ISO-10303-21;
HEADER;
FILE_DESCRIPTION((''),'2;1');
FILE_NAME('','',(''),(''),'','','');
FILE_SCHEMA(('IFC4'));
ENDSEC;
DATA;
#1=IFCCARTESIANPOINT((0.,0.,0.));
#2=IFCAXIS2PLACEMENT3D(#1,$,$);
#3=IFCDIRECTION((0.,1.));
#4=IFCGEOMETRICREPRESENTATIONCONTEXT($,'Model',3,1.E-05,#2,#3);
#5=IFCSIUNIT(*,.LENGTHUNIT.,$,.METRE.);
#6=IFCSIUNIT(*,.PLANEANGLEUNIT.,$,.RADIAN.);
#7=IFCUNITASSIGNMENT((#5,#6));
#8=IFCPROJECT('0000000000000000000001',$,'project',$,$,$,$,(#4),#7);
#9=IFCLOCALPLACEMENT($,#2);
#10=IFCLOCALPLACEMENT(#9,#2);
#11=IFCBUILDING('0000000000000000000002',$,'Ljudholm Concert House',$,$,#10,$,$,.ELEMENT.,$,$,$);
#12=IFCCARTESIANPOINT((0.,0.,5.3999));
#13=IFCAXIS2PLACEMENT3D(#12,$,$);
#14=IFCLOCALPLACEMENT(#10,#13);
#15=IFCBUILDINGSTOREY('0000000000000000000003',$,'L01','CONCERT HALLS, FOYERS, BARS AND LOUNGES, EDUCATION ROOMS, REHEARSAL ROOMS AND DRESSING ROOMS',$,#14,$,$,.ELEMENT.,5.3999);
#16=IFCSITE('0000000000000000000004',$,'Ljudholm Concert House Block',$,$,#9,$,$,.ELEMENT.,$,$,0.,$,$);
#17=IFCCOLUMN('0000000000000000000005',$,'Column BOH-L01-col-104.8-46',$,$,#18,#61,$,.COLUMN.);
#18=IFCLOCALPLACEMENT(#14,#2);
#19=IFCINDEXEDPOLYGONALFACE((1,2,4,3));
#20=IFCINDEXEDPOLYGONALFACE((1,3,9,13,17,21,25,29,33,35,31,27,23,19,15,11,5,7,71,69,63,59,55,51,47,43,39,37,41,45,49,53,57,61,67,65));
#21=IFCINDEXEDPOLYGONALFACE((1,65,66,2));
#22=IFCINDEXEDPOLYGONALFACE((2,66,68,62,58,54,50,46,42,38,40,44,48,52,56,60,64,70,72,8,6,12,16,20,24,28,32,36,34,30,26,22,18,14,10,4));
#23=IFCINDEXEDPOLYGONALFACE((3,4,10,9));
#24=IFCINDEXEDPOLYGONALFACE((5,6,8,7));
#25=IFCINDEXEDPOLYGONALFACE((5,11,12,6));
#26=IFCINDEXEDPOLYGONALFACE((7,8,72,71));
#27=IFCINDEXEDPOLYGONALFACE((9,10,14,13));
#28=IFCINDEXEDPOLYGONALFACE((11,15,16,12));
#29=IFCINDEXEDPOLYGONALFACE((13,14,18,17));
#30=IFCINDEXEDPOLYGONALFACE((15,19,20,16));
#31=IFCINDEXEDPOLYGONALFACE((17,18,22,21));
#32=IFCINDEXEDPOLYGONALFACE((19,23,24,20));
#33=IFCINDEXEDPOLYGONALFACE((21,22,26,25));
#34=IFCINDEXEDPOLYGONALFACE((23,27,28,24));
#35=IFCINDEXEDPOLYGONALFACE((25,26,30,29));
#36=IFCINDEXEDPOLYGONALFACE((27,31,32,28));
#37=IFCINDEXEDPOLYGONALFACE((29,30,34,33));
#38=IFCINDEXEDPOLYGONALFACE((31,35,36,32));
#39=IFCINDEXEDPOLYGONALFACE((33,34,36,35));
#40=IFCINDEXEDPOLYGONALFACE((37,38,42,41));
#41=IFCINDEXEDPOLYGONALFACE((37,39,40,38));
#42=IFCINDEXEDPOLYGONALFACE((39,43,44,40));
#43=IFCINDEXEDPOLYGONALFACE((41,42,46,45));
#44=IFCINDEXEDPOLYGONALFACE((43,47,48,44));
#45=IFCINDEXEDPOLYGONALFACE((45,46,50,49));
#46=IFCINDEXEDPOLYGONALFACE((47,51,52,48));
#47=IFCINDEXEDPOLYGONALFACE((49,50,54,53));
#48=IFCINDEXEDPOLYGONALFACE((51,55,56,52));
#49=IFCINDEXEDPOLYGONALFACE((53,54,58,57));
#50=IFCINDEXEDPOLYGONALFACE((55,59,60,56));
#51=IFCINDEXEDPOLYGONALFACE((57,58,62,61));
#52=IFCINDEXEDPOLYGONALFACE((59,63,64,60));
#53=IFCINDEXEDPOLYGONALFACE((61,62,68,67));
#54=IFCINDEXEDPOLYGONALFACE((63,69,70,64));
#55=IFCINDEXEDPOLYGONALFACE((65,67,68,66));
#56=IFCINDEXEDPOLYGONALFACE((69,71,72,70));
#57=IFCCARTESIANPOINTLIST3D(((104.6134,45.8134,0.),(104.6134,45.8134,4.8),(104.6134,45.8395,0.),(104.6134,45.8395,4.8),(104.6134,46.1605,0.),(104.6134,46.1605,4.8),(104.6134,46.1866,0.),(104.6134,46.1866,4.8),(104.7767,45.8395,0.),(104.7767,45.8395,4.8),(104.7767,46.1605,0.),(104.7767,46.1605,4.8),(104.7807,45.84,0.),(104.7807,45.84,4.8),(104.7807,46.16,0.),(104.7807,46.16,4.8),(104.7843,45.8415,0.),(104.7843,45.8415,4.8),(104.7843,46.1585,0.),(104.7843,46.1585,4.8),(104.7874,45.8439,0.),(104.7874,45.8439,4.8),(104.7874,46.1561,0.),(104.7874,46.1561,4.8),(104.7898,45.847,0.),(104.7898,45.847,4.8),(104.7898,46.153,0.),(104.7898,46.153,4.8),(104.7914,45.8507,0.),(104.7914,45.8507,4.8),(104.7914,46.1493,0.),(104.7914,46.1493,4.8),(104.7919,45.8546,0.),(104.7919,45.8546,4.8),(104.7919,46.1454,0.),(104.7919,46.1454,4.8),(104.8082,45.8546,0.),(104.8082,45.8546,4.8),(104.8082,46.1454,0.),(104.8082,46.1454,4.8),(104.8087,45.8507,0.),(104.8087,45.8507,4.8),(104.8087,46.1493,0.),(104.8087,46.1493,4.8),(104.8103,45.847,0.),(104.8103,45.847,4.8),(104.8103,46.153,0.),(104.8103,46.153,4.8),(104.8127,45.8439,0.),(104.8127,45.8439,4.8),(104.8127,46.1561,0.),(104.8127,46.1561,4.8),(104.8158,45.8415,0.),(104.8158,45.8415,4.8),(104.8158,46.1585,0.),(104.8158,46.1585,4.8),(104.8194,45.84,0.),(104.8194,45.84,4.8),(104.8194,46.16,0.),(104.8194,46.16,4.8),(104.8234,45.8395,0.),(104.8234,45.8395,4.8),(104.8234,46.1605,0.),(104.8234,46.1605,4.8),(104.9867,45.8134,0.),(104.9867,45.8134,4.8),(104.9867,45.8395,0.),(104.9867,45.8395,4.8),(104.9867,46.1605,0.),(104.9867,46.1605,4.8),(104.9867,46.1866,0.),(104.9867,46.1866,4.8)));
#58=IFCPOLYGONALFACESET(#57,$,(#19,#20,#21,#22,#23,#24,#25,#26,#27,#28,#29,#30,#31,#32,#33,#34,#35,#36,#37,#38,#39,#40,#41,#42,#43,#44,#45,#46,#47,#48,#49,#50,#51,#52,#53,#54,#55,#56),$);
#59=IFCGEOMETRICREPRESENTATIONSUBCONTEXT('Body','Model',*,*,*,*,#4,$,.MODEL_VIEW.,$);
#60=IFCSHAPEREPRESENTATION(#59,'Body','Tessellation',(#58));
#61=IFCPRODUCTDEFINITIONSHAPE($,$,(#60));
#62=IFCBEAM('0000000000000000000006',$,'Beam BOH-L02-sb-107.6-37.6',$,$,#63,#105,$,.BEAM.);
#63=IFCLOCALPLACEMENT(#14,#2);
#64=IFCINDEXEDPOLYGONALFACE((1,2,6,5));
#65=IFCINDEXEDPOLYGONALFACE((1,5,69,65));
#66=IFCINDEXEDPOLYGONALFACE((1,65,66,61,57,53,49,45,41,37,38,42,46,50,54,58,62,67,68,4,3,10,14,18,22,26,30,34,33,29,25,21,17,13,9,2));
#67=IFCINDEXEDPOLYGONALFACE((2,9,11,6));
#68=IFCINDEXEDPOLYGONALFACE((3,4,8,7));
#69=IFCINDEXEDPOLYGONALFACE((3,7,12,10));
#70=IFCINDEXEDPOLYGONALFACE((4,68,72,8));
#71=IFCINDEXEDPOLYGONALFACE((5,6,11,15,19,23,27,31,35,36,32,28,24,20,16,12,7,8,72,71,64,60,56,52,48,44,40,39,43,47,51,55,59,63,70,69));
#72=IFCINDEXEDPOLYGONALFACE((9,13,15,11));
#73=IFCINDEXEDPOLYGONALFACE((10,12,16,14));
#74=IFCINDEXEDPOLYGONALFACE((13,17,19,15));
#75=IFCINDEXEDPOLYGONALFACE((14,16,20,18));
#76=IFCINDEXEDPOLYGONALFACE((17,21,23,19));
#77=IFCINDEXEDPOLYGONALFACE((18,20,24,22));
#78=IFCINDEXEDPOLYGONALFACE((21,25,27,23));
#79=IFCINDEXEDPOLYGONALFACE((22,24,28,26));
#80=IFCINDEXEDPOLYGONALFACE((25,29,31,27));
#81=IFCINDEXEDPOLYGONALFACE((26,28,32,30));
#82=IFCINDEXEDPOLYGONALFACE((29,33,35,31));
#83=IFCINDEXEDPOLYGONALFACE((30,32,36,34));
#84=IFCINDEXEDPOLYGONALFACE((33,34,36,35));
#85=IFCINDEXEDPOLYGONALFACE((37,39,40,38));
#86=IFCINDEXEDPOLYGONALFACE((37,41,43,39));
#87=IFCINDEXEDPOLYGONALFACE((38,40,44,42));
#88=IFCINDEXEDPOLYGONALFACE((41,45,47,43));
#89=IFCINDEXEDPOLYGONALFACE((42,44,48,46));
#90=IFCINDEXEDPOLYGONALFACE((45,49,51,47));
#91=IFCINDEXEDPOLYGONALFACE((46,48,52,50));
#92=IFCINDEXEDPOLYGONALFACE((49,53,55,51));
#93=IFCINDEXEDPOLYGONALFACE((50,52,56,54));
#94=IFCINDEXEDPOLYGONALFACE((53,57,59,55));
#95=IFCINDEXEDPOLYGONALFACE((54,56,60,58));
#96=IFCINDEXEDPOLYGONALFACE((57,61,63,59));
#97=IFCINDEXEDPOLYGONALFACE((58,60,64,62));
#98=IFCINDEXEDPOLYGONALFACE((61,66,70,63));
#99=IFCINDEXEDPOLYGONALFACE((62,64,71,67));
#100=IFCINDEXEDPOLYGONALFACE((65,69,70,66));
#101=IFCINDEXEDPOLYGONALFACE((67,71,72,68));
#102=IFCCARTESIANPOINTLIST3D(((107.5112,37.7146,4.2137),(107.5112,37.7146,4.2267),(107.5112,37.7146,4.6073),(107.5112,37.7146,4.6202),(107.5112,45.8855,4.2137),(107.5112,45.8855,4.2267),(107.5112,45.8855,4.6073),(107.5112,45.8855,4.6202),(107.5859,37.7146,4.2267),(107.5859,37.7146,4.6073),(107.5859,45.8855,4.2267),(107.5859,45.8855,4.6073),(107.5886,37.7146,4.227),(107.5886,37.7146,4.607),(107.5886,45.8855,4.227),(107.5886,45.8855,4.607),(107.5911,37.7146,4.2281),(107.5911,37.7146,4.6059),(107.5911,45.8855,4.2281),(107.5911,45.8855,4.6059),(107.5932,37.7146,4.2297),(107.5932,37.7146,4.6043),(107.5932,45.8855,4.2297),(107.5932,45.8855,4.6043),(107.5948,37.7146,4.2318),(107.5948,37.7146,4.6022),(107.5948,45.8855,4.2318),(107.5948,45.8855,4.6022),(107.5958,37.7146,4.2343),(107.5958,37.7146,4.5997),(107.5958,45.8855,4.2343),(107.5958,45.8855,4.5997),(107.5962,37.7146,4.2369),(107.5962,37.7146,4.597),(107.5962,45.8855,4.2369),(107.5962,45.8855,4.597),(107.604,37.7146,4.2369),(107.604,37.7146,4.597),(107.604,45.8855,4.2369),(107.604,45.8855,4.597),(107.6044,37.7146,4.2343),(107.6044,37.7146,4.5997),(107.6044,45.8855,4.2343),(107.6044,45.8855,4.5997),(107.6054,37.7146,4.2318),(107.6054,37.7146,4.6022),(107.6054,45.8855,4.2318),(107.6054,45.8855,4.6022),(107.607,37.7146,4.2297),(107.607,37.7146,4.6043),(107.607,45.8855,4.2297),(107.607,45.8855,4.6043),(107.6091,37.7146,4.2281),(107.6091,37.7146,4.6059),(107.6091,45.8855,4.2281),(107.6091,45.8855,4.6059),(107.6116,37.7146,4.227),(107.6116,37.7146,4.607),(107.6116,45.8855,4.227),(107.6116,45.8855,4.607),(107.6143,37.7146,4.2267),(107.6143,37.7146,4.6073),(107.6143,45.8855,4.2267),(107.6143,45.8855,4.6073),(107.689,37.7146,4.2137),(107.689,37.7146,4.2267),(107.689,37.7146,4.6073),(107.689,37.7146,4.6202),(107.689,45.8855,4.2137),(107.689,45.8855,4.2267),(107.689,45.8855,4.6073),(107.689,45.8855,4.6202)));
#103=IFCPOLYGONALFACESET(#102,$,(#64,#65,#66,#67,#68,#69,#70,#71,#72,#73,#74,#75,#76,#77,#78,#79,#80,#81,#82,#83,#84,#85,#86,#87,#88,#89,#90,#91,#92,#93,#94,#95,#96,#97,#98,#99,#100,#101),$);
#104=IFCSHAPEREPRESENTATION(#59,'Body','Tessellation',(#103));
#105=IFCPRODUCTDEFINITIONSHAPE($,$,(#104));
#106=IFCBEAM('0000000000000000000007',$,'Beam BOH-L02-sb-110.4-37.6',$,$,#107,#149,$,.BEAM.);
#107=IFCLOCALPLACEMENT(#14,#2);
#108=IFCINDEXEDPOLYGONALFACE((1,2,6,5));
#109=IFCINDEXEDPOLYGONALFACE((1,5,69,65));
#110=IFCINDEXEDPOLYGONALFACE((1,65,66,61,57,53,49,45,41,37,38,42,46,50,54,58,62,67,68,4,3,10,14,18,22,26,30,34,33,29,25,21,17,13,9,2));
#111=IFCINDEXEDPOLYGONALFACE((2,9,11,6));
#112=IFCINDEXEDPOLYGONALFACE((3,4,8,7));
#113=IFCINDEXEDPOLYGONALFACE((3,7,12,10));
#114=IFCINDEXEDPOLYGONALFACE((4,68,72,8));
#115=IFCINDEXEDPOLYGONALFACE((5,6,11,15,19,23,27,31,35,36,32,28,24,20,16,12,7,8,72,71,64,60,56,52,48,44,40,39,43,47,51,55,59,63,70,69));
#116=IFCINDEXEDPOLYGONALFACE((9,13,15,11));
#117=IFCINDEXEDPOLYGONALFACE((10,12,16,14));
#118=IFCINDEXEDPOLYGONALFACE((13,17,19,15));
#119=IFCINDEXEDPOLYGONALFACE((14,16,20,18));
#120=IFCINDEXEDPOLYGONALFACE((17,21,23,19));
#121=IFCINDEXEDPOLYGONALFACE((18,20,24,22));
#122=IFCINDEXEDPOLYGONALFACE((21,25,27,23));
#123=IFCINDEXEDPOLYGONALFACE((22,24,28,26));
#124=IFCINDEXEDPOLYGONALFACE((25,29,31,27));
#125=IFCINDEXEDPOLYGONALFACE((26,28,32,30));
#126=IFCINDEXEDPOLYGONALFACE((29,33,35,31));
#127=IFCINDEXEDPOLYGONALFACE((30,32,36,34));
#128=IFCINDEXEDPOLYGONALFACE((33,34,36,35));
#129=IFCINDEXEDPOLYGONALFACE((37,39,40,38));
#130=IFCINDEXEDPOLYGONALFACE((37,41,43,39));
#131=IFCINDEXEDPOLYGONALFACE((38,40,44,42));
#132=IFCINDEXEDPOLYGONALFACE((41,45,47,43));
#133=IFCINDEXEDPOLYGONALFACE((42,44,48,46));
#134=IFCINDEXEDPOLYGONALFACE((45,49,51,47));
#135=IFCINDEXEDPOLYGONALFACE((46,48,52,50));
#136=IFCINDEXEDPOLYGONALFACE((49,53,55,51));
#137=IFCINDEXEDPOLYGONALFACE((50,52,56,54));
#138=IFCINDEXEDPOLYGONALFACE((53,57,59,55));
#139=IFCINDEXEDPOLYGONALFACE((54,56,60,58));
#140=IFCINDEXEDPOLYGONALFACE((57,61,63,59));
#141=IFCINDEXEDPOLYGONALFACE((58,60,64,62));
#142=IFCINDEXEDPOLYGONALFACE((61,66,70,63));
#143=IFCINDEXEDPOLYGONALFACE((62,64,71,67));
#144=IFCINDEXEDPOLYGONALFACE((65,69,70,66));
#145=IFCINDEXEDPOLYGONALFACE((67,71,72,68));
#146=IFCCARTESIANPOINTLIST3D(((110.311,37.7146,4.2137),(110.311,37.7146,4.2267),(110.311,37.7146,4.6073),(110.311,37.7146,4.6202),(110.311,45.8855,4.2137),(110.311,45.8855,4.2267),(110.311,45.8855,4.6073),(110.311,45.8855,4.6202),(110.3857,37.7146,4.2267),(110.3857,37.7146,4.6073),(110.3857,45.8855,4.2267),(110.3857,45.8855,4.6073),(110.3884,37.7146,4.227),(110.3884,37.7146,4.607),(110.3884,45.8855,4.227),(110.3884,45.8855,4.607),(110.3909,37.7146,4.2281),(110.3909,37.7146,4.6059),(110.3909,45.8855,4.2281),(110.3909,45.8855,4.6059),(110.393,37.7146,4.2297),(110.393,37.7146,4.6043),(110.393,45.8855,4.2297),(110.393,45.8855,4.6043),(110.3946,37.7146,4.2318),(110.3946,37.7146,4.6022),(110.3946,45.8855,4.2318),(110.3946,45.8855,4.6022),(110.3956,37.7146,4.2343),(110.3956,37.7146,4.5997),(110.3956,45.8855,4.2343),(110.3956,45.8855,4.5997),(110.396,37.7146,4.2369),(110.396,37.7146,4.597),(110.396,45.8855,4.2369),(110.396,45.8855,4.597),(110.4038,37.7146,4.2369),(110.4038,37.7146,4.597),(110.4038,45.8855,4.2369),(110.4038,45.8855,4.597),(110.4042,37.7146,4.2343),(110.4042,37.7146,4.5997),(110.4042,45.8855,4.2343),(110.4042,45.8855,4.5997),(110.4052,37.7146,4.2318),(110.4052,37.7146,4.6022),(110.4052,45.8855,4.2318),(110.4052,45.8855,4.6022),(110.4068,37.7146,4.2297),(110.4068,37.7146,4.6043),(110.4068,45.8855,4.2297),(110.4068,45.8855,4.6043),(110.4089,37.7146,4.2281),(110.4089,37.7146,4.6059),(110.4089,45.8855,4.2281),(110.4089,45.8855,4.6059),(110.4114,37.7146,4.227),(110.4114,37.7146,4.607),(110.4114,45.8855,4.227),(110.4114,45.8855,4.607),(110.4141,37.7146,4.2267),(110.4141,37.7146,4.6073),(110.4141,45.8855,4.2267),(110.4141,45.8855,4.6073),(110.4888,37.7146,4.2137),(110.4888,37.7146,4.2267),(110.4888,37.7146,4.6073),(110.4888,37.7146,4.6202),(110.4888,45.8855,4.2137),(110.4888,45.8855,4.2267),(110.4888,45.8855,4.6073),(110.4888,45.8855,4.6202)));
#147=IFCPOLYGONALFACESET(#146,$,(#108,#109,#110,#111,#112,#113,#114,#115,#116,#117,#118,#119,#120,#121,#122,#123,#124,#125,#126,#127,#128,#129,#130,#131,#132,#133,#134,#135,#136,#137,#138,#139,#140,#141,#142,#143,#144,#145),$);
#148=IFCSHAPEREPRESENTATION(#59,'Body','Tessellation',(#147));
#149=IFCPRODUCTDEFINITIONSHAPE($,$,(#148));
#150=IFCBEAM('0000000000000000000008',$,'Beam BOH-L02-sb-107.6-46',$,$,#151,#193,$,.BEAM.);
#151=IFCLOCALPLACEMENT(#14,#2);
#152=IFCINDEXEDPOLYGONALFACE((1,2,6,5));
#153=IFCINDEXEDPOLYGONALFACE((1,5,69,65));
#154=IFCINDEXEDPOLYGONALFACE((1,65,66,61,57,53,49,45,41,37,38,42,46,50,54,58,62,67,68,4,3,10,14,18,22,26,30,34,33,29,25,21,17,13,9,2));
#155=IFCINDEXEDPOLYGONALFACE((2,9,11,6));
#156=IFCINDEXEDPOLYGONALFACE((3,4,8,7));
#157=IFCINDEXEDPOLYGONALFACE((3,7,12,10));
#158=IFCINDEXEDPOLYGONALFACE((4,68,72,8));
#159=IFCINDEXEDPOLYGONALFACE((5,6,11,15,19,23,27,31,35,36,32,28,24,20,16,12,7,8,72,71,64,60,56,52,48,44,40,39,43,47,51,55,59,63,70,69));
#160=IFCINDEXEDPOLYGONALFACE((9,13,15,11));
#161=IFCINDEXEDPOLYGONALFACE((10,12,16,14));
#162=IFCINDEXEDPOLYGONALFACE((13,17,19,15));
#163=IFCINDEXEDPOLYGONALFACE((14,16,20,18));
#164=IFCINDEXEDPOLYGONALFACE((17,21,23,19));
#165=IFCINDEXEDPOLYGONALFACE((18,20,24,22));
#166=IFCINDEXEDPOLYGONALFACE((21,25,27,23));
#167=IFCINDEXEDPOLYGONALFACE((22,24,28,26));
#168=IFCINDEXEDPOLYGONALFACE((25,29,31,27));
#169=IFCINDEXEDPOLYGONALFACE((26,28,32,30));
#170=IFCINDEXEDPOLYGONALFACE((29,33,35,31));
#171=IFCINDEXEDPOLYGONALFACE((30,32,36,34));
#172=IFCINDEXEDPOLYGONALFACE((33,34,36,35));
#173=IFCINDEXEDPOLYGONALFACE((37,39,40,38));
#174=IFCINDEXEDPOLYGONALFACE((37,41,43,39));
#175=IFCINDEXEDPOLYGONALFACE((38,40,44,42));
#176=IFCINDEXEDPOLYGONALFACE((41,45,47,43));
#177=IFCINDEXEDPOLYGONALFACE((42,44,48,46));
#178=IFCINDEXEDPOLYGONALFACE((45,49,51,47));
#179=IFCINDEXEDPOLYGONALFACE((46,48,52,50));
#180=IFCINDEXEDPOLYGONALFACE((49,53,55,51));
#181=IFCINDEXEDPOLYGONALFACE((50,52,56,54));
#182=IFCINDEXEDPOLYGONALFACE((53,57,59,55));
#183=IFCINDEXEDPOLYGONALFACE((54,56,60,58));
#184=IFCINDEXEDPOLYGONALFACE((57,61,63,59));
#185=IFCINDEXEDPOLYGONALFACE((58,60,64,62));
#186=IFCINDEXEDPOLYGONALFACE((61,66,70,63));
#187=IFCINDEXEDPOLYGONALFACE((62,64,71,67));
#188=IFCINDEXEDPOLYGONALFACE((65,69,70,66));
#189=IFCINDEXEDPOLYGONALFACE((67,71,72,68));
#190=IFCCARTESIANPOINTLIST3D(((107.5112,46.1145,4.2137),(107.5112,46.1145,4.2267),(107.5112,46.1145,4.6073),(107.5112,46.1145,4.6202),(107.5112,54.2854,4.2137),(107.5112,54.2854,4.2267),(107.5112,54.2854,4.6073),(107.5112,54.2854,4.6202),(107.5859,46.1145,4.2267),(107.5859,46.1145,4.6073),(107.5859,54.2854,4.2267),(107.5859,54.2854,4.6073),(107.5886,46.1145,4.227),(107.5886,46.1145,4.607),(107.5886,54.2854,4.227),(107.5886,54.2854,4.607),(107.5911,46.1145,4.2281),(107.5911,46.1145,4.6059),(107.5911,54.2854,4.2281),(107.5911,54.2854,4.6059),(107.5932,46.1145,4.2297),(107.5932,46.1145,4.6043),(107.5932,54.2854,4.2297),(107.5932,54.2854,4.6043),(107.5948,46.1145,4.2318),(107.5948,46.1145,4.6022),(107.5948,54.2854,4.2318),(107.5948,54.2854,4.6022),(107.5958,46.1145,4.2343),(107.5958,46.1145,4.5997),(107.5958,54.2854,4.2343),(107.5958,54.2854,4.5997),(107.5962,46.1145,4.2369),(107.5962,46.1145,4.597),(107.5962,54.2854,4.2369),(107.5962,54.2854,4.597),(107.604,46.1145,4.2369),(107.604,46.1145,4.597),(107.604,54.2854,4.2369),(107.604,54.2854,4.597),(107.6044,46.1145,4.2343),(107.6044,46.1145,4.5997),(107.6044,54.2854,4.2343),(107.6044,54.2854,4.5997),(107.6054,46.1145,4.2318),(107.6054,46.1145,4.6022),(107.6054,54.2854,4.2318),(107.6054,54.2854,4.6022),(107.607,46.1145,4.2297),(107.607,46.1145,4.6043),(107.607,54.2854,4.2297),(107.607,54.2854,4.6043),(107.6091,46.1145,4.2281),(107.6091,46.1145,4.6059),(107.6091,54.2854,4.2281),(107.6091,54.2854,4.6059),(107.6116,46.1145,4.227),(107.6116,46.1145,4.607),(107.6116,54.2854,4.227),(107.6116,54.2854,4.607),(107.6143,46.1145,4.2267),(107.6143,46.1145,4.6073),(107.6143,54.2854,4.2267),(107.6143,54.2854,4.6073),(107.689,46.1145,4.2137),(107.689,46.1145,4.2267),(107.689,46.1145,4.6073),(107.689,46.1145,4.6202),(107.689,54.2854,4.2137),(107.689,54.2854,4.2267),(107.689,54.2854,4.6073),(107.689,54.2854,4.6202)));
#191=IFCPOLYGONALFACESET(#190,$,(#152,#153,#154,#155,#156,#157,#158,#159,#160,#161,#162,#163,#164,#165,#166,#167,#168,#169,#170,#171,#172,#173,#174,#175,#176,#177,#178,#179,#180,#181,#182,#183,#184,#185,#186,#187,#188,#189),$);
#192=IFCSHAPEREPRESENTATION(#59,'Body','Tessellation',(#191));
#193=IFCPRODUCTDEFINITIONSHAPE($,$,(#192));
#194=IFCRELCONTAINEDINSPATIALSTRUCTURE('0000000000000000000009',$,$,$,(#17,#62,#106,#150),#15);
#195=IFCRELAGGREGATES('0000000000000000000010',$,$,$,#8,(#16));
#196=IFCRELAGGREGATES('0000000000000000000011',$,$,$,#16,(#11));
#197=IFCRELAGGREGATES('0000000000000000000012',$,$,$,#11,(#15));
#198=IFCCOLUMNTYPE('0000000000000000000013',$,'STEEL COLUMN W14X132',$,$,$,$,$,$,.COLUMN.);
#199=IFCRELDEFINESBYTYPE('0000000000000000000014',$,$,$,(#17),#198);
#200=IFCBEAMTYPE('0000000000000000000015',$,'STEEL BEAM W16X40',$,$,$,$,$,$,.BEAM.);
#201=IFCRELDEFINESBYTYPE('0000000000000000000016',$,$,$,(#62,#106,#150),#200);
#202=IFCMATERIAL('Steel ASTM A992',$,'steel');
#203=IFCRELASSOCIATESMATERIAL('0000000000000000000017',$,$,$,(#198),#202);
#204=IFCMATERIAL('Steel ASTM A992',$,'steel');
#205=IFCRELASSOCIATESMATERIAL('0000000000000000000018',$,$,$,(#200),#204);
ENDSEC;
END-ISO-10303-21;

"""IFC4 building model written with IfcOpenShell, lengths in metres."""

from ifc_helpers import new_model, si_unit, direction, frame, origin, origin_2d, place, context, subcontext, project, spatial, i_section, extrude, material, material_profile, profile_set, type_object, element, save


model = new_model("IFC4")

# Units and contexts
model_context = context("Model", 3, precision=1e-05, world=origin(), true_north=direction((0.0, 1.0)))
body_context = subcontext(model_context, "Body", "Model", "MODEL_VIEW")
ifc_project = project(units=[si_unit("LENGTHUNIT", "METRE"), si_unit("PLANEANGLEUNIT", "RADIAN")], contexts=[model_context])

# Site, building, storey
site_placement = place(None, origin())
site = spatial("IfcSite", under=ifc_project, at=site_placement, Name="Ljudholm Concert House Block", CompositionType="ELEMENT", RefElevation=0.0)
building_placement = place(site_placement, origin())
building = spatial("IfcBuilding", under=site, at=building_placement, Name="Ljudholm Concert House", CompositionType="ELEMENT")
storey_placement = place(building_placement, frame((0.0, 0.0, 5.3999)))
storey = spatial("IfcBuildingStorey", under=building, at=storey_placement, Name="L01", Description="CONCERT HALLS, FOYERS, BARS AND LOUNGES, EDUCATION ROOMS, REHEARSAL ROOMS AND DRESSING ROOMS", CompositionType="ELEMENT", Elevation=5.3999)

# Column
ifc_material_1 = material(Name="Steel ASTM A992", Category="steel")
ifc_material_profile_1 = material_profile(ifc_material_1, i_section(OverallWidth=0.3733, OverallDepth=0.3733, WebThickness=0.0164, FlangeThickness=0.0261, FilletRadius=0.0151, at=origin_2d()), Name="W14X132")
ifc_profile_set_1 = profile_set([ifc_material_profile_1], Name="Steel ASTM A992")
column_type = type_object("IfcColumnType", Name="STEEL COLUMN W14X132", PredefinedType="COLUMN", material=ifc_profile_set_1)
column_placement = place(storey_placement, frame((104.8, 46.0, 0.0), z_axis=(0.0, 0.0, 1.0), x_axis=(1.0, 0.0, 0.0)))
element("IfcColumn", 1, at=column_placement, inside=storey, type_object=column_type, Name="Column BOH-L01-col-104.8-46", PredefinedType="COLUMN", context=body_context, shape_type="SweptSolid", body=[
    extrude(i_section(OverallWidth=0.3733, OverallDepth=0.3733, WebThickness=0.0164, FlangeThickness=0.0261, FilletRadius=0.0151, at=origin_2d()), origin(), (0.0, 0.0, 1.0), 4.8),
])

# Beams
ifc_material_2 = material(Name="Steel ASTM A992", Category="steel")
ifc_material_profile_2 = material_profile(ifc_material_2, i_section(OverallWidth=0.1777, OverallDepth=0.4065, WebThickness=0.0078, FlangeThickness=0.0129, FilletRadius=0.0103, at=origin_2d()), Name="W16X40")
ifc_profile_set_2 = profile_set([ifc_material_profile_2], Name="Steel ASTM A992")
beam_type_1 = type_object("IfcBeamType", Name="STEEL BEAM W16X40", PredefinedType="BEAM", material=ifc_profile_set_2)
for number, where, z_axis, x_axis, name in (
    (2, (107.6001, 37.7146, 4.417), (0.0, 1.0, 0.0), (-1.0, 0.0, 0.0), "Beam BOH-L02-sb-107.6-37.6"),
    (3, (110.3999, 37.7146, 4.417), (0.0, 1.0, 0.0), (-1.0, 0.0, 0.0), "Beam BOH-L02-sb-110.4-37.6"),
    (4, (107.6001, 46.1145, 4.417), (0.0, 1.0, 0.0), (-1.0, 0.0, 0.0), "Beam BOH-L02-sb-107.6-46"),
):
    element("IfcBeam", number, at=place(storey_placement, frame(where, z_axis=z_axis, x_axis=x_axis)), inside=storey, type_object=beam_type_1, Name=name, PredefinedType="BEAM", context=body_context, shape_type="SweptSolid", body=[
        extrude(i_section(OverallWidth=0.1777, OverallDepth=0.4065, WebThickness=0.0078, FlangeThickness=0.0129, FilletRadius=0.0103, at=origin_2d()), origin(), (0.0, 0.0, 1.0), 8.1709),
    ])

save(model, "model.ifc")
